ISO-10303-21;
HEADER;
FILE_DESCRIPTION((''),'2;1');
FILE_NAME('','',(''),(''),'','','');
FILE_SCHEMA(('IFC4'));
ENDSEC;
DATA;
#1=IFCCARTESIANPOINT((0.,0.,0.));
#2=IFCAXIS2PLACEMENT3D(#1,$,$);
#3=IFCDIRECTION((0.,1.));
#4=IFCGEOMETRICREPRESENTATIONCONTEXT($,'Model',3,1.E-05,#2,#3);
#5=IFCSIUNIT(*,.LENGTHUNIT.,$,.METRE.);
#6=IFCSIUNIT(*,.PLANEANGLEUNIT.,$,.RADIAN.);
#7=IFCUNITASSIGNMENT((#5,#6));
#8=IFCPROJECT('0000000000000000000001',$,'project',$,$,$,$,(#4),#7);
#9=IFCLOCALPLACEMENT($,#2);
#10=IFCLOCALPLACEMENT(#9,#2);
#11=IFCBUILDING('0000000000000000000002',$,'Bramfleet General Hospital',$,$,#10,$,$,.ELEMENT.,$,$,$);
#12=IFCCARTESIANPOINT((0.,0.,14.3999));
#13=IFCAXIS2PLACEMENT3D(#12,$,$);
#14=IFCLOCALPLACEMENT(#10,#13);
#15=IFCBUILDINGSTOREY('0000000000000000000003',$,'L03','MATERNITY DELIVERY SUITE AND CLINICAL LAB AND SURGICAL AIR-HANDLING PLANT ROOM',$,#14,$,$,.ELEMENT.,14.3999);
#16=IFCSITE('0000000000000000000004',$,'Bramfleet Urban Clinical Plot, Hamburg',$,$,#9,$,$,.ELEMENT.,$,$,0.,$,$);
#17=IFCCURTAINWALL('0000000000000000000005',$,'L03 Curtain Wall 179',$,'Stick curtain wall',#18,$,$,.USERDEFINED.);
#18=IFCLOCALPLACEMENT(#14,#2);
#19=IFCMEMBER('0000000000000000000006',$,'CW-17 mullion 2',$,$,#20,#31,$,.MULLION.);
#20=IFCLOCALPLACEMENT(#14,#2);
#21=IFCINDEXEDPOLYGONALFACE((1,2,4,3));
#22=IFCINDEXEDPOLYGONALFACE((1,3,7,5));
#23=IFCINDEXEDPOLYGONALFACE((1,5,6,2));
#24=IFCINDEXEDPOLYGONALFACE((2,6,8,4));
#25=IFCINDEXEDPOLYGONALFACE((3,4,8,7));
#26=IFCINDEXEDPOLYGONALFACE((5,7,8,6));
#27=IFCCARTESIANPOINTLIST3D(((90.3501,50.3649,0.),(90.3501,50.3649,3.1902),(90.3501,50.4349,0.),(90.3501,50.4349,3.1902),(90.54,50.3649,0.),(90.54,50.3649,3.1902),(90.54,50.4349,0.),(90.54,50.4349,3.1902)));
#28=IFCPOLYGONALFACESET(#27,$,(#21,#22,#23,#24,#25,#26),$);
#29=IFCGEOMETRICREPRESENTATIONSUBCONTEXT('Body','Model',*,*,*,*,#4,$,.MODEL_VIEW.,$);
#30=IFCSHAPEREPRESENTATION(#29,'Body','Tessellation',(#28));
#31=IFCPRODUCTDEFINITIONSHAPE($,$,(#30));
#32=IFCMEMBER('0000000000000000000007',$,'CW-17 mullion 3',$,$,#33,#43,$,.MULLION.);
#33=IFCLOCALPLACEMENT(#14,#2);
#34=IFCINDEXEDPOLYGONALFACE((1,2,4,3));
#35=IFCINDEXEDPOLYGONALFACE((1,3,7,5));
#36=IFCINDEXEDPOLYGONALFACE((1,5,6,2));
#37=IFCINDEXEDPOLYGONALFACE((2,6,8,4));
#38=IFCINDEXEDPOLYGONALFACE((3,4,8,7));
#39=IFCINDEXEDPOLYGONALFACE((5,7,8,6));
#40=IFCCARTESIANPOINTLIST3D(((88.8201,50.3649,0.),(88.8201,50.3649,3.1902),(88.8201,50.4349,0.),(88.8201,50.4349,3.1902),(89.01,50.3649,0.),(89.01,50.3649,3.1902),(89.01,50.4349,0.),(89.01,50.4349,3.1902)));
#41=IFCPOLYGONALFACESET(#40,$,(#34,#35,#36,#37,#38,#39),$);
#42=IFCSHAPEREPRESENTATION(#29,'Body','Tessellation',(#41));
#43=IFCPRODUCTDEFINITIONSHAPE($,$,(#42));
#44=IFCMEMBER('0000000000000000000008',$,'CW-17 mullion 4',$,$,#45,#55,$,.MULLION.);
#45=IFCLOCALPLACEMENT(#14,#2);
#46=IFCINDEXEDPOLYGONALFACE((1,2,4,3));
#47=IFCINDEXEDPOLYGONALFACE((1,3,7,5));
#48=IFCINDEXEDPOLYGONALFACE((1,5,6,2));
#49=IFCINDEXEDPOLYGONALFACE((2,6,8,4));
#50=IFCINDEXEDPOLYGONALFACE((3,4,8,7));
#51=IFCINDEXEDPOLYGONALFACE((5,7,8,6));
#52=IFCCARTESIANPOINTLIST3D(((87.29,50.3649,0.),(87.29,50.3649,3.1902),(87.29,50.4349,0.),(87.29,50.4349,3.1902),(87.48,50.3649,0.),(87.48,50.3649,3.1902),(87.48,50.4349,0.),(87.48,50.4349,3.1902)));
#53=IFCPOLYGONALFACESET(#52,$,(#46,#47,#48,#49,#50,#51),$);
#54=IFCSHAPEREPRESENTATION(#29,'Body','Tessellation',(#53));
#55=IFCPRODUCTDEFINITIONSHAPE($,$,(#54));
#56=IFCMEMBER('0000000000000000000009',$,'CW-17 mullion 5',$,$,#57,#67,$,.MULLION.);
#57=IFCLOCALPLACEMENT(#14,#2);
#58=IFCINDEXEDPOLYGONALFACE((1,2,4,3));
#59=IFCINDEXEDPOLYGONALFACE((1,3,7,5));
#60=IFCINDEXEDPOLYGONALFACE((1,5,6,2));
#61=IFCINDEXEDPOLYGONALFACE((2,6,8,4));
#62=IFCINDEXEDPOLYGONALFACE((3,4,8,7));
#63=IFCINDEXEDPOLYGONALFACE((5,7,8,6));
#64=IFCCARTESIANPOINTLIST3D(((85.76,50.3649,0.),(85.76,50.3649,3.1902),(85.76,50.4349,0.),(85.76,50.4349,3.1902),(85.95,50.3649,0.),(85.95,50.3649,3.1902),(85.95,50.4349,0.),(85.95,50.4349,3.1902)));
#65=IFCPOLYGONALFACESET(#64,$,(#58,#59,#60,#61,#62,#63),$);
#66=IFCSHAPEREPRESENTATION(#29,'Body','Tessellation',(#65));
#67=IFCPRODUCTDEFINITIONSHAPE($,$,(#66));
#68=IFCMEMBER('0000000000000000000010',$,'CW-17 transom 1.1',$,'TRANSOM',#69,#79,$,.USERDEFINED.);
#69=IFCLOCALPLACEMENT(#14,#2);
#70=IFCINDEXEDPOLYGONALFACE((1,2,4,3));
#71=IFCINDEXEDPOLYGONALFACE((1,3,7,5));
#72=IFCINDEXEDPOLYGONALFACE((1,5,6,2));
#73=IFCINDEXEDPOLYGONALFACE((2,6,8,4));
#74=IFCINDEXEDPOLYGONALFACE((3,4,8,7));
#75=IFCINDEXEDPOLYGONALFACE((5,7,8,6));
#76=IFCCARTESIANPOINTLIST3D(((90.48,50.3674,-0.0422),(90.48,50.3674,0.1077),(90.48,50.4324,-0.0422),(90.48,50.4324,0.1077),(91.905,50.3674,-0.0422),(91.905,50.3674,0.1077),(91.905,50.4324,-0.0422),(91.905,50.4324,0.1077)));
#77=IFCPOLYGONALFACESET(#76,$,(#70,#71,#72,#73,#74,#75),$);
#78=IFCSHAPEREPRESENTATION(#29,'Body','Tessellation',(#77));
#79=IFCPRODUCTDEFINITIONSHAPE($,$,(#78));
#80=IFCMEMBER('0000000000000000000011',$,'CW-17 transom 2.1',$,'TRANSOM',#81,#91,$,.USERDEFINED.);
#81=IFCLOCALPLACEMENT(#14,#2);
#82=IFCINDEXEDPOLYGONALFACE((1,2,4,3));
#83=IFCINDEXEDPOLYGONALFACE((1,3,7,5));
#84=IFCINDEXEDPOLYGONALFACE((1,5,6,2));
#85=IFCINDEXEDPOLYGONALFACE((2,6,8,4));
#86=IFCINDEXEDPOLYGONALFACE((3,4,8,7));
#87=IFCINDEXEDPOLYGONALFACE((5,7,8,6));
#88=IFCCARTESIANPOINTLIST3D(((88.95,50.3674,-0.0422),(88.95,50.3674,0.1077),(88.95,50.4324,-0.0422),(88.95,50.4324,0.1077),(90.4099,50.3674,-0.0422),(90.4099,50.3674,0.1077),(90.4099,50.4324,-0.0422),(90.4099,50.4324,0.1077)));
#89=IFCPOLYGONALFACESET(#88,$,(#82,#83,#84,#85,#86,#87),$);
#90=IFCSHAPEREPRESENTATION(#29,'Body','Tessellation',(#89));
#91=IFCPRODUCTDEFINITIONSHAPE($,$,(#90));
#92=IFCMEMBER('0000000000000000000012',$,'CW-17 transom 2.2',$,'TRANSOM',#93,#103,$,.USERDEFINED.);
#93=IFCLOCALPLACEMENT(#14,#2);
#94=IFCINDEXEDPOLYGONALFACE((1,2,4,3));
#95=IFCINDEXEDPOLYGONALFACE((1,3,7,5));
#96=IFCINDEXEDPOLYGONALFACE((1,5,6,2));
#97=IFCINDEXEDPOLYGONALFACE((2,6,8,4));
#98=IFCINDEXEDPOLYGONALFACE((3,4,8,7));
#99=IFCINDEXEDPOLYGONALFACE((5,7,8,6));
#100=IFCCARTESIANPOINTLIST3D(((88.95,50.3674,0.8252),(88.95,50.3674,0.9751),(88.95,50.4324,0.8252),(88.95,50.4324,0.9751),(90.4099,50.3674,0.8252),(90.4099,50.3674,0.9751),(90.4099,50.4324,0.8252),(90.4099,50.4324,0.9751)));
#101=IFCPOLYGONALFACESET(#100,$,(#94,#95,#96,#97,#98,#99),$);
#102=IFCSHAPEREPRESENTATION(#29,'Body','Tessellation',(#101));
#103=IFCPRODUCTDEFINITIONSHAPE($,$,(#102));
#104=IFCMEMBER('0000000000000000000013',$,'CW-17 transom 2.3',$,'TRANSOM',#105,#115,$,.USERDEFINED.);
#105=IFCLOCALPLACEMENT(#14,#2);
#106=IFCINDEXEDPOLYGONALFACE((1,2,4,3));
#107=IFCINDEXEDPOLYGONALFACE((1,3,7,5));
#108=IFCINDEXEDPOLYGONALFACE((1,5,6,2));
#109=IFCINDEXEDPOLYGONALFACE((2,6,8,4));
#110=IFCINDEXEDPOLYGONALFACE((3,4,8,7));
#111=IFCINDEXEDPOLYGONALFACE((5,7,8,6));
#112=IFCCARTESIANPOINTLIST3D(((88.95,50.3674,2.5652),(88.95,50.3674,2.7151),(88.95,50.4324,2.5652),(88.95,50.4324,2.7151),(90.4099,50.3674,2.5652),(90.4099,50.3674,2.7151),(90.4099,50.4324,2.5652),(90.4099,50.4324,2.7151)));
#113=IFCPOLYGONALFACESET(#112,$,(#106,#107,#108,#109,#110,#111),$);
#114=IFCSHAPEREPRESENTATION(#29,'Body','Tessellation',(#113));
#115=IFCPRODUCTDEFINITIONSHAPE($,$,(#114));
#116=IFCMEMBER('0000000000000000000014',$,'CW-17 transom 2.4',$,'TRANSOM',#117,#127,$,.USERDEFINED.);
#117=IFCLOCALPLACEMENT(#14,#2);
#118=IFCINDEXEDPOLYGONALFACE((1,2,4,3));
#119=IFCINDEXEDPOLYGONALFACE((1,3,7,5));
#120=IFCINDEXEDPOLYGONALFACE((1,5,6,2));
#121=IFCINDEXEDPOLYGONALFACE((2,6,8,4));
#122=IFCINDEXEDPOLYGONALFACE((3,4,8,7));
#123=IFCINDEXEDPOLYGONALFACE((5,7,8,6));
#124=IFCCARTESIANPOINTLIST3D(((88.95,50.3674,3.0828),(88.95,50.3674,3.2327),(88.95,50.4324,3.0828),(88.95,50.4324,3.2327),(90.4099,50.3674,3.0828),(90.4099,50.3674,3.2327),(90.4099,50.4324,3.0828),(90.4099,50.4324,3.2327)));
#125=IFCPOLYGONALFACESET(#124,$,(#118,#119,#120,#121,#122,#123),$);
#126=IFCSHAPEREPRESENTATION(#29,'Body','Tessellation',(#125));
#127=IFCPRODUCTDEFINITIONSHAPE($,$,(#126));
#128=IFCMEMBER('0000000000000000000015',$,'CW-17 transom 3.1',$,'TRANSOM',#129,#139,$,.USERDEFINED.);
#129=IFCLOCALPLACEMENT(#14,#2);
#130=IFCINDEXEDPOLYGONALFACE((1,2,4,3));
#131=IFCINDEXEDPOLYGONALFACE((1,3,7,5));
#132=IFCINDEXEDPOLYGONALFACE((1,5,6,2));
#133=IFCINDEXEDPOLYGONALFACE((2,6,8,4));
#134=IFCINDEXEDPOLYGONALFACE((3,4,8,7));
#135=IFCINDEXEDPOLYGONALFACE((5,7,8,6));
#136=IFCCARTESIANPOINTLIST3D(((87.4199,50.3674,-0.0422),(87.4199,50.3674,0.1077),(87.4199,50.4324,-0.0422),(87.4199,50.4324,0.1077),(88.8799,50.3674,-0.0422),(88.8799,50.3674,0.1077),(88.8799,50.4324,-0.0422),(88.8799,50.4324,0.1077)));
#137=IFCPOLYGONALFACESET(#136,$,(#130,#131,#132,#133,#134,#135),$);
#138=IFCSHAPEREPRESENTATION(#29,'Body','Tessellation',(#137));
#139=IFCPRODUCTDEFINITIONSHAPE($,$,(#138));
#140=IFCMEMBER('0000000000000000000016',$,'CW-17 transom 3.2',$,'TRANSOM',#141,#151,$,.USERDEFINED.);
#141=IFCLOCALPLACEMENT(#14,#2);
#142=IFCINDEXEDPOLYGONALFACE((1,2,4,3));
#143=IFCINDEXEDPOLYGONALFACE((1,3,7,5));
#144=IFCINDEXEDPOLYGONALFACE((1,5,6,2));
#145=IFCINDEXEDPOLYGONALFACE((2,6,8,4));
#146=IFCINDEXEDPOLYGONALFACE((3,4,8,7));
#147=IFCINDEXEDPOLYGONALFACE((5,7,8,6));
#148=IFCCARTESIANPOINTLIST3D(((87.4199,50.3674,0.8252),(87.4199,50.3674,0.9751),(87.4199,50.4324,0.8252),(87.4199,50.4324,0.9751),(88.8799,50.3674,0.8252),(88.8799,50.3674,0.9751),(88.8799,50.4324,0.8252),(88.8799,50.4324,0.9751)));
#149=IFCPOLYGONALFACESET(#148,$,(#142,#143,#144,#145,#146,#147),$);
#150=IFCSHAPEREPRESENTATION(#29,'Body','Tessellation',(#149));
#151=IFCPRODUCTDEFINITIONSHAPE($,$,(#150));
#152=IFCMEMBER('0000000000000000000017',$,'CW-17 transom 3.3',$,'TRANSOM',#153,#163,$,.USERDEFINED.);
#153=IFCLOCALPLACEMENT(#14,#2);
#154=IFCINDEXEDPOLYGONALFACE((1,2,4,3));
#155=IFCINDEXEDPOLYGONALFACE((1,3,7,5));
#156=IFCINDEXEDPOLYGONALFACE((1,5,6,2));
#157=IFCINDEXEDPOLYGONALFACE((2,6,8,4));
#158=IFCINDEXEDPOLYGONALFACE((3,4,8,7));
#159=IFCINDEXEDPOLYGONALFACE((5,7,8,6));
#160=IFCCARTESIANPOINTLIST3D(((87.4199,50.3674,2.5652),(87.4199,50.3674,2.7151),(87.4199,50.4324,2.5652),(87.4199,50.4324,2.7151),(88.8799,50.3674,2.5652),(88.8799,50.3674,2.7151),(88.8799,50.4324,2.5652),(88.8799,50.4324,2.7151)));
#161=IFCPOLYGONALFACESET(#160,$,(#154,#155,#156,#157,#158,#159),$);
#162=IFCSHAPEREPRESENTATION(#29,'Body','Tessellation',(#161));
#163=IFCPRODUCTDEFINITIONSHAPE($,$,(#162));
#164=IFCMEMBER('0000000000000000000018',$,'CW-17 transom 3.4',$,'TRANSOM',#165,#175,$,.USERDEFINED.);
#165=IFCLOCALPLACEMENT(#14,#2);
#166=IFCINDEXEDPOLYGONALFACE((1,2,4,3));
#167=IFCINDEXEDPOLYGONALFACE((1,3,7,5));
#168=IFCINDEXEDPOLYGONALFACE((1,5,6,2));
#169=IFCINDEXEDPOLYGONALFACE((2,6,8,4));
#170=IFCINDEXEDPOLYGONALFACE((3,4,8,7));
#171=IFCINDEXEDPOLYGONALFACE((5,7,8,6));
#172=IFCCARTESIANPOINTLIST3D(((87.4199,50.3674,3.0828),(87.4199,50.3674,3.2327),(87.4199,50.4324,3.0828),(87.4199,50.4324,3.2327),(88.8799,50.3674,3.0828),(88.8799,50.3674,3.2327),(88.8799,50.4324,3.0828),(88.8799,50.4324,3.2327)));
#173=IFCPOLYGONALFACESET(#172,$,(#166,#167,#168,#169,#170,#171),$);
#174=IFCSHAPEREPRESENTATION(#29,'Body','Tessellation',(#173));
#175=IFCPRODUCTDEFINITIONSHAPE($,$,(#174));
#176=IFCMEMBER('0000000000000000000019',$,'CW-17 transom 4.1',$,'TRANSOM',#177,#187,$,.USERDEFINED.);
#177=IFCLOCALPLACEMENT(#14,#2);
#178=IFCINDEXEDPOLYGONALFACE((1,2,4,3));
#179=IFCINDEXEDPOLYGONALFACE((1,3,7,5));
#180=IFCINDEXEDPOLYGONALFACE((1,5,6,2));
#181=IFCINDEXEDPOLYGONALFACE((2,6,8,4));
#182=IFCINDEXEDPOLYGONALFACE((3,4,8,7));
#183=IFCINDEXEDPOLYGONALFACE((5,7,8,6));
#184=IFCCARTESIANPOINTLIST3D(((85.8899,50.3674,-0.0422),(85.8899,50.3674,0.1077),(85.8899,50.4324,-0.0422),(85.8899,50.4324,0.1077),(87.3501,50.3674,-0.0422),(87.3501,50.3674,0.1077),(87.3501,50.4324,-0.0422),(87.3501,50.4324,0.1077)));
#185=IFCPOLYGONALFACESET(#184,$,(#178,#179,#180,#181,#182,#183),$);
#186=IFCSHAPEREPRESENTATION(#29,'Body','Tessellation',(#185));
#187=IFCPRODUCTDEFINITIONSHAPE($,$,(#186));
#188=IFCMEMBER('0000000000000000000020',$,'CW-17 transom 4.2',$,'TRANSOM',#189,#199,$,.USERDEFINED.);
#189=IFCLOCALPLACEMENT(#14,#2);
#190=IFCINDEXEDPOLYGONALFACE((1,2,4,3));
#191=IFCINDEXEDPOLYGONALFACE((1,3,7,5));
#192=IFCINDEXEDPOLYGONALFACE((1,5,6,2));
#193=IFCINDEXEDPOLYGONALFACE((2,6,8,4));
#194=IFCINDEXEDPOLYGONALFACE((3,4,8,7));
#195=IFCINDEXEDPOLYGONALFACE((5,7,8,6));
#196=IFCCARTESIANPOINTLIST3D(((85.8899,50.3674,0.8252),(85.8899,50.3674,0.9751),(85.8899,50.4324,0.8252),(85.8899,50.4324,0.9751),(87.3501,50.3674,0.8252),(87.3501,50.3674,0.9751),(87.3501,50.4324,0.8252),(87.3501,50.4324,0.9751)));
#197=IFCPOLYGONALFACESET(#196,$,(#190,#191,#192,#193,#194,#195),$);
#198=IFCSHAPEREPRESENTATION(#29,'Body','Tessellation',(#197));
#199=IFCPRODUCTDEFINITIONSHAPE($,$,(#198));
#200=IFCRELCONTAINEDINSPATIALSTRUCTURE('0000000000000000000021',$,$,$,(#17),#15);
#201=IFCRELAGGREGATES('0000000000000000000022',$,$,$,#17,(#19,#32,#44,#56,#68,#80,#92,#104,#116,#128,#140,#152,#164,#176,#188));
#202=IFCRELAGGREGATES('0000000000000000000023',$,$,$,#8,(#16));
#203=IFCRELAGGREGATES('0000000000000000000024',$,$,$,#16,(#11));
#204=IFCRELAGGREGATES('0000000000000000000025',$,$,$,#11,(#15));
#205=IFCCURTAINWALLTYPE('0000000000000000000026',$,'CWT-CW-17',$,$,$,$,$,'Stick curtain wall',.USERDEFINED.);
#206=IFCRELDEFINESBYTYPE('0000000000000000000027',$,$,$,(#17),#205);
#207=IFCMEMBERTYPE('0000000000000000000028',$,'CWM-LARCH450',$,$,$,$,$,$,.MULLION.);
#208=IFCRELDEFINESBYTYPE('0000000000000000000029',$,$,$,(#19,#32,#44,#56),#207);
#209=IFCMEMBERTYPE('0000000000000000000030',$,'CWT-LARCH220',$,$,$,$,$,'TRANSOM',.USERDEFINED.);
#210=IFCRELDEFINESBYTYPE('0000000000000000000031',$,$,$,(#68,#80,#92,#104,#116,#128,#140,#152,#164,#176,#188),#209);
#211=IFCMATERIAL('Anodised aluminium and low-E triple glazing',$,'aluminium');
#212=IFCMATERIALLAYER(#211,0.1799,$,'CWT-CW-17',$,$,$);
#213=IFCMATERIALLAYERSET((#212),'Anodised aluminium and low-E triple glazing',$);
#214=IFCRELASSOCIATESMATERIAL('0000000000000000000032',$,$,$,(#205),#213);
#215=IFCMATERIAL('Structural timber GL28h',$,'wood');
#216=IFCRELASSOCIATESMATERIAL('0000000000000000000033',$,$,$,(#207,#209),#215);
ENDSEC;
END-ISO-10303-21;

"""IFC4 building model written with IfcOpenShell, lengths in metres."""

from ifc_helpers import new_model, si_unit, direction, frame, origin, origin_2d, place, context, subcontext, project, spatial, rectangle, extrude, material, layer, layer_set, material_profile, profile_set, type_object, element, aggregate, save


model = new_model("IFC4")

# Units and contexts
model_context = context("Model", 3, precision=1e-05, world=origin(), true_north=direction((0.0, 1.0)))
body_context = subcontext(model_context, "Body", "Model", "MODEL_VIEW")
ifc_project = project(units=[si_unit("LENGTHUNIT", "METRE"), si_unit("PLANEANGLEUNIT", "RADIAN")], contexts=[model_context])

# Site, building, storey
site_placement = place(None, origin())
site = spatial("IfcSite", under=ifc_project, at=site_placement, Name="Bramfleet Urban Clinical Plot, Hamburg", CompositionType="ELEMENT", RefElevation=0.0)
building_placement = place(site_placement, origin())
building = spatial("IfcBuilding", under=site, at=building_placement, Name="Bramfleet General Hospital", CompositionType="ELEMENT")
storey_placement = place(building_placement, frame((0.0, 0.0, 14.3999)))
storey = spatial("IfcBuildingStorey", under=building, at=storey_placement, Name="L03", Description="MATERNITY DELIVERY SUITE AND CLINICAL LAB AND SURGICAL AIR-HANDLING PLANT ROOM", CompositionType="ELEMENT", Elevation=14.3999)

# Curtain wall, members
ifc_material_1 = material(Name="Anodised aluminium and low-E triple glazing", Category="aluminium")
ifc_layer_1 = layer(ifc_material_1, 0.1799, Name="CWT-CW-17")
ifc_layer_set_1 = layer_set([ifc_layer_1], Name="Anodised aluminium and low-E triple glazing")
curtain_wall_type = type_object("IfcCurtainWallType", Name="CWT-CW-17", ElementType="Stick curtain wall", PredefinedType="USERDEFINED", material=ifc_layer_set_1)
curtain_wall_placement = place(storey_placement, origin())
curtain_wall = element("IfcCurtainWall", 1, at=curtain_wall_placement, inside=storey, type_object=curtain_wall_type, Name="L03 Curtain Wall 179", ObjectType="Stick curtain wall", PredefinedType="USERDEFINED")
ifc_material_2 = material(Name="Structural timber GL28h", Category="wood")
ifc_material_profile_1 = material_profile(ifc_material_2, rectangle(XDim=0.0701, YDim=0.1899, at=origin_2d()), Name="LARCH 190x70")
ifc_profile_set_1 = profile_set([ifc_material_profile_1], Name="Structural timber GL28h")
member_type_1 = type_object("IfcMemberType", Name="CWM-LARCH450", PredefinedType="MULLION", material=ifc_profile_set_1)
member_1_placement = place(storey_placement, frame((90.4451, 50.3999, 0.0), z_axis=(0.0, 0.0, 1.0), x_axis=(0.0, -1.0, 0.0)))
member_1 = element("IfcMember", 2, at=member_1_placement, type_object=member_type_1, Name="CW-17 mullion 2", PredefinedType="MULLION", context=body_context, shape_type="SweptSolid", body=[
    extrude(rectangle(XDim=0.0701, YDim=0.1899, at=origin_2d()), origin(), (0.0, 0.0, 1.0), 3.1902),
])
member_2_placement = place(storey_placement, frame((88.915, 50.3999, 0.0), z_axis=(0.0, 0.0, 1.0), x_axis=(0.0, -1.0, 0.0)))
member_2 = element("IfcMember", 3, at=member_2_placement, type_object=member_type_1, Name="CW-17 mullion 3", PredefinedType="MULLION", context=body_context, shape_type="SweptSolid", body=[
    extrude(rectangle(XDim=0.0701, YDim=0.1899, at=origin_2d()), origin(), (0.0, 0.0, 1.0), 3.1902),
])
member_3_placement = place(storey_placement, frame((87.385, 50.3999, 0.0), z_axis=(0.0, 0.0, 1.0), x_axis=(0.0, -1.0, 0.0)))
member_3 = element("IfcMember", 4, at=member_3_placement, type_object=member_type_1, Name="CW-17 mullion 4", PredefinedType="MULLION", context=body_context, shape_type="SweptSolid", body=[
    extrude(rectangle(XDim=0.0701, YDim=0.1899, at=origin_2d()), origin(), (0.0, 0.0, 1.0), 3.1902),
])
member_4_placement = place(storey_placement, frame((85.855, 50.3999, 0.0), z_axis=(0.0, 0.0, 1.0), x_axis=(0.0, -1.0, 0.0)))
member_4 = element("IfcMember", 5, at=member_4_placement, type_object=member_type_1, Name="CW-17 mullion 5", PredefinedType="MULLION", context=body_context, shape_type="SweptSolid", body=[
    extrude(rectangle(XDim=0.0701, YDim=0.1899, at=origin_2d()), origin(), (0.0, 0.0, 1.0), 3.1902),
])
ifc_material_profile_2 = material_profile(ifc_material_2, rectangle(XDim=0.0649, YDim=0.1499, at=origin_2d()), Name="LARCH 150x65")
ifc_profile_set_2 = profile_set([ifc_material_profile_2], Name="Structural timber GL28h")
member_type_2 = type_object("IfcMemberType", Name="CWT-LARCH220", ElementType="TRANSOM", PredefinedType="USERDEFINED", material=ifc_profile_set_2)
member_5_placement = place(storey_placement, frame((91.905, 50.3999, 0.0327), z_axis=(-1.0, 0.0, 0.0), x_axis=(0.0, -1.0, 0.0)))
member_5 = element("IfcMember", 6, at=member_5_placement, type_object=member_type_2, Name="CW-17 transom 1.1", ObjectType="TRANSOM", PredefinedType="USERDEFINED", context=body_context, shape_type="SweptSolid", body=[
    extrude(rectangle(XDim=0.0649, YDim=0.1499, at=origin_2d()), origin(), (0.0, 0.0, 1.0), 1.425),
])
member_6_placement = place(storey_placement, frame((90.4099, 50.3999, 0.0327), z_axis=(-1.0, 0.0, 0.0), x_axis=(0.0, -1.0, 0.0)))
member_6 = element("IfcMember", 7, at=member_6_placement, type_object=member_type_2, Name="CW-17 transom 2.1", ObjectType="TRANSOM", PredefinedType="USERDEFINED", context=body_context, shape_type="SweptSolid", body=[
    extrude(rectangle(XDim=0.0649, YDim=0.1499, at=origin_2d()), origin(), (0.0, 0.0, 1.0), 1.46),
])
member_7_placement = place(storey_placement, frame((90.4099, 50.3999, 0.9001), z_axis=(-1.0, 0.0, 0.0), x_axis=(0.0, -1.0, 0.0)))
member_7 = element("IfcMember", 8, at=member_7_placement, type_object=member_type_2, Name="CW-17 transom 2.2", ObjectType="TRANSOM", PredefinedType="USERDEFINED", context=body_context, shape_type="SweptSolid", body=[
    extrude(rectangle(XDim=0.0649, YDim=0.1499, at=origin_2d()), origin(), (0.0, 0.0, 1.0), 1.46),
])
member_8_placement = place(storey_placement, frame((90.4099, 50.3999, 2.6401), z_axis=(-1.0, 0.0, 0.0), x_axis=(0.0, -1.0, 0.0)))
member_8 = element("IfcMember", 9, at=member_8_placement, type_object=member_type_2, Name="CW-17 transom 2.3", ObjectType="TRANSOM", PredefinedType="USERDEFINED", context=body_context, shape_type="SweptSolid", body=[
    extrude(rectangle(XDim=0.0649, YDim=0.1499, at=origin_2d()), origin(), (0.0, 0.0, 1.0), 1.46),
])
member_9_placement = place(storey_placement, frame((90.4099, 50.3999, 3.1577), z_axis=(-1.0, 0.0, 0.0), x_axis=(0.0, -1.0, 0.0)))
member_9 = element("IfcMember", 10, at=member_9_placement, type_object=member_type_2, Name="CW-17 transom 2.4", ObjectType="TRANSOM", PredefinedType="USERDEFINED", context=body_context, shape_type="SweptSolid", body=[
    extrude(rectangle(XDim=0.0649, YDim=0.1499, at=origin_2d()), origin(), (0.0, 0.0, 1.0), 1.46),
])
member_10_placement = place(storey_placement, frame((88.8799, 50.3999, 0.0327), z_axis=(-1.0, 0.0, 0.0), x_axis=(0.0, -1.0, 0.0)))
member_10 = element("IfcMember", 11, at=member_10_placement, type_object=member_type_2, Name="CW-17 transom 3.1", ObjectType="TRANSOM", PredefinedType="USERDEFINED", context=body_context, shape_type="SweptSolid", body=[
    extrude(rectangle(XDim=0.0649, YDim=0.1499, at=origin_2d()), origin(), (0.0, 0.0, 1.0), 1.46),
])
member_11_placement = place(storey_placement, frame((88.8799, 50.3999, 0.9001), z_axis=(-1.0, 0.0, 0.0), x_axis=(0.0, -1.0, 0.0)))
member_11 = element("IfcMember", 12, at=member_11_placement, type_object=member_type_2, Name="CW-17 transom 3.2", ObjectType="TRANSOM", PredefinedType="USERDEFINED", context=body_context, shape_type="SweptSolid", body=[
    extrude(rectangle(XDim=0.0649, YDim=0.1499, at=origin_2d()), origin(), (0.0, 0.0, 1.0), 1.46),
])
member_12_placement = place(storey_placement, frame((88.8799, 50.3999, 2.6401), z_axis=(-1.0, 0.0, 0.0), x_axis=(0.0, -1.0, 0.0)))
member_12 = element("IfcMember", 13, at=member_12_placement, type_object=member_type_2, Name="CW-17 transom 3.3", ObjectType="TRANSOM", PredefinedType="USERDEFINED", context=body_context, shape_type="SweptSolid", body=[
    extrude(rectangle(XDim=0.0649, YDim=0.1499, at=origin_2d()), origin(), (0.0, 0.0, 1.0), 1.46),
])
member_13_placement = place(storey_placement, frame((88.8799, 50.3999, 3.1577), z_axis=(-1.0, 0.0, 0.0), x_axis=(0.0, -1.0, 0.0)))
member_13 = element("IfcMember", 14, at=member_13_placement, type_object=member_type_2, Name="CW-17 transom 3.4", ObjectType="TRANSOM", PredefinedType="USERDEFINED", context=body_context, shape_type="SweptSolid", body=[
    extrude(rectangle(XDim=0.0649, YDim=0.1499, at=origin_2d()), origin(), (0.0, 0.0, 1.0), 1.46),
])
member_14_placement = place(storey_placement, frame((87.3501, 50.3999, 0.0327), z_axis=(-1.0, 0.0, 0.0), x_axis=(0.0, -1.0, 0.0)))
member_14 = element("IfcMember", 15, at=member_14_placement, type_object=member_type_2, Name="CW-17 transom 4.1", ObjectType="TRANSOM", PredefinedType="USERDEFINED", context=body_context, shape_type="SweptSolid", body=[
    extrude(rectangle(XDim=0.0649, YDim=0.1499, at=origin_2d()), origin(), (0.0, 0.0, 1.0), 1.4602),
])
member_15_placement = place(storey_placement, frame((87.3501, 50.3999, 0.9001), z_axis=(-1.0, 0.0, 0.0), x_axis=(0.0, -1.0, 0.0)))
member_15 = element("IfcMember", 16, at=member_15_placement, type_object=member_type_2, Name="CW-17 transom 4.2", ObjectType="TRANSOM", PredefinedType="USERDEFINED", context=body_context, shape_type="SweptSolid", body=[
    extrude(rectangle(XDim=0.0649, YDim=0.1499, at=origin_2d()), origin(), (0.0, 0.0, 1.0), 1.4602),
])
aggregate(curtain_wall, [member_1, member_2, member_3, member_4, member_5, member_6, member_7, member_8, member_9, member_10, member_11, member_12, member_13, member_14, member_15])

save(model, "model.ifc")
